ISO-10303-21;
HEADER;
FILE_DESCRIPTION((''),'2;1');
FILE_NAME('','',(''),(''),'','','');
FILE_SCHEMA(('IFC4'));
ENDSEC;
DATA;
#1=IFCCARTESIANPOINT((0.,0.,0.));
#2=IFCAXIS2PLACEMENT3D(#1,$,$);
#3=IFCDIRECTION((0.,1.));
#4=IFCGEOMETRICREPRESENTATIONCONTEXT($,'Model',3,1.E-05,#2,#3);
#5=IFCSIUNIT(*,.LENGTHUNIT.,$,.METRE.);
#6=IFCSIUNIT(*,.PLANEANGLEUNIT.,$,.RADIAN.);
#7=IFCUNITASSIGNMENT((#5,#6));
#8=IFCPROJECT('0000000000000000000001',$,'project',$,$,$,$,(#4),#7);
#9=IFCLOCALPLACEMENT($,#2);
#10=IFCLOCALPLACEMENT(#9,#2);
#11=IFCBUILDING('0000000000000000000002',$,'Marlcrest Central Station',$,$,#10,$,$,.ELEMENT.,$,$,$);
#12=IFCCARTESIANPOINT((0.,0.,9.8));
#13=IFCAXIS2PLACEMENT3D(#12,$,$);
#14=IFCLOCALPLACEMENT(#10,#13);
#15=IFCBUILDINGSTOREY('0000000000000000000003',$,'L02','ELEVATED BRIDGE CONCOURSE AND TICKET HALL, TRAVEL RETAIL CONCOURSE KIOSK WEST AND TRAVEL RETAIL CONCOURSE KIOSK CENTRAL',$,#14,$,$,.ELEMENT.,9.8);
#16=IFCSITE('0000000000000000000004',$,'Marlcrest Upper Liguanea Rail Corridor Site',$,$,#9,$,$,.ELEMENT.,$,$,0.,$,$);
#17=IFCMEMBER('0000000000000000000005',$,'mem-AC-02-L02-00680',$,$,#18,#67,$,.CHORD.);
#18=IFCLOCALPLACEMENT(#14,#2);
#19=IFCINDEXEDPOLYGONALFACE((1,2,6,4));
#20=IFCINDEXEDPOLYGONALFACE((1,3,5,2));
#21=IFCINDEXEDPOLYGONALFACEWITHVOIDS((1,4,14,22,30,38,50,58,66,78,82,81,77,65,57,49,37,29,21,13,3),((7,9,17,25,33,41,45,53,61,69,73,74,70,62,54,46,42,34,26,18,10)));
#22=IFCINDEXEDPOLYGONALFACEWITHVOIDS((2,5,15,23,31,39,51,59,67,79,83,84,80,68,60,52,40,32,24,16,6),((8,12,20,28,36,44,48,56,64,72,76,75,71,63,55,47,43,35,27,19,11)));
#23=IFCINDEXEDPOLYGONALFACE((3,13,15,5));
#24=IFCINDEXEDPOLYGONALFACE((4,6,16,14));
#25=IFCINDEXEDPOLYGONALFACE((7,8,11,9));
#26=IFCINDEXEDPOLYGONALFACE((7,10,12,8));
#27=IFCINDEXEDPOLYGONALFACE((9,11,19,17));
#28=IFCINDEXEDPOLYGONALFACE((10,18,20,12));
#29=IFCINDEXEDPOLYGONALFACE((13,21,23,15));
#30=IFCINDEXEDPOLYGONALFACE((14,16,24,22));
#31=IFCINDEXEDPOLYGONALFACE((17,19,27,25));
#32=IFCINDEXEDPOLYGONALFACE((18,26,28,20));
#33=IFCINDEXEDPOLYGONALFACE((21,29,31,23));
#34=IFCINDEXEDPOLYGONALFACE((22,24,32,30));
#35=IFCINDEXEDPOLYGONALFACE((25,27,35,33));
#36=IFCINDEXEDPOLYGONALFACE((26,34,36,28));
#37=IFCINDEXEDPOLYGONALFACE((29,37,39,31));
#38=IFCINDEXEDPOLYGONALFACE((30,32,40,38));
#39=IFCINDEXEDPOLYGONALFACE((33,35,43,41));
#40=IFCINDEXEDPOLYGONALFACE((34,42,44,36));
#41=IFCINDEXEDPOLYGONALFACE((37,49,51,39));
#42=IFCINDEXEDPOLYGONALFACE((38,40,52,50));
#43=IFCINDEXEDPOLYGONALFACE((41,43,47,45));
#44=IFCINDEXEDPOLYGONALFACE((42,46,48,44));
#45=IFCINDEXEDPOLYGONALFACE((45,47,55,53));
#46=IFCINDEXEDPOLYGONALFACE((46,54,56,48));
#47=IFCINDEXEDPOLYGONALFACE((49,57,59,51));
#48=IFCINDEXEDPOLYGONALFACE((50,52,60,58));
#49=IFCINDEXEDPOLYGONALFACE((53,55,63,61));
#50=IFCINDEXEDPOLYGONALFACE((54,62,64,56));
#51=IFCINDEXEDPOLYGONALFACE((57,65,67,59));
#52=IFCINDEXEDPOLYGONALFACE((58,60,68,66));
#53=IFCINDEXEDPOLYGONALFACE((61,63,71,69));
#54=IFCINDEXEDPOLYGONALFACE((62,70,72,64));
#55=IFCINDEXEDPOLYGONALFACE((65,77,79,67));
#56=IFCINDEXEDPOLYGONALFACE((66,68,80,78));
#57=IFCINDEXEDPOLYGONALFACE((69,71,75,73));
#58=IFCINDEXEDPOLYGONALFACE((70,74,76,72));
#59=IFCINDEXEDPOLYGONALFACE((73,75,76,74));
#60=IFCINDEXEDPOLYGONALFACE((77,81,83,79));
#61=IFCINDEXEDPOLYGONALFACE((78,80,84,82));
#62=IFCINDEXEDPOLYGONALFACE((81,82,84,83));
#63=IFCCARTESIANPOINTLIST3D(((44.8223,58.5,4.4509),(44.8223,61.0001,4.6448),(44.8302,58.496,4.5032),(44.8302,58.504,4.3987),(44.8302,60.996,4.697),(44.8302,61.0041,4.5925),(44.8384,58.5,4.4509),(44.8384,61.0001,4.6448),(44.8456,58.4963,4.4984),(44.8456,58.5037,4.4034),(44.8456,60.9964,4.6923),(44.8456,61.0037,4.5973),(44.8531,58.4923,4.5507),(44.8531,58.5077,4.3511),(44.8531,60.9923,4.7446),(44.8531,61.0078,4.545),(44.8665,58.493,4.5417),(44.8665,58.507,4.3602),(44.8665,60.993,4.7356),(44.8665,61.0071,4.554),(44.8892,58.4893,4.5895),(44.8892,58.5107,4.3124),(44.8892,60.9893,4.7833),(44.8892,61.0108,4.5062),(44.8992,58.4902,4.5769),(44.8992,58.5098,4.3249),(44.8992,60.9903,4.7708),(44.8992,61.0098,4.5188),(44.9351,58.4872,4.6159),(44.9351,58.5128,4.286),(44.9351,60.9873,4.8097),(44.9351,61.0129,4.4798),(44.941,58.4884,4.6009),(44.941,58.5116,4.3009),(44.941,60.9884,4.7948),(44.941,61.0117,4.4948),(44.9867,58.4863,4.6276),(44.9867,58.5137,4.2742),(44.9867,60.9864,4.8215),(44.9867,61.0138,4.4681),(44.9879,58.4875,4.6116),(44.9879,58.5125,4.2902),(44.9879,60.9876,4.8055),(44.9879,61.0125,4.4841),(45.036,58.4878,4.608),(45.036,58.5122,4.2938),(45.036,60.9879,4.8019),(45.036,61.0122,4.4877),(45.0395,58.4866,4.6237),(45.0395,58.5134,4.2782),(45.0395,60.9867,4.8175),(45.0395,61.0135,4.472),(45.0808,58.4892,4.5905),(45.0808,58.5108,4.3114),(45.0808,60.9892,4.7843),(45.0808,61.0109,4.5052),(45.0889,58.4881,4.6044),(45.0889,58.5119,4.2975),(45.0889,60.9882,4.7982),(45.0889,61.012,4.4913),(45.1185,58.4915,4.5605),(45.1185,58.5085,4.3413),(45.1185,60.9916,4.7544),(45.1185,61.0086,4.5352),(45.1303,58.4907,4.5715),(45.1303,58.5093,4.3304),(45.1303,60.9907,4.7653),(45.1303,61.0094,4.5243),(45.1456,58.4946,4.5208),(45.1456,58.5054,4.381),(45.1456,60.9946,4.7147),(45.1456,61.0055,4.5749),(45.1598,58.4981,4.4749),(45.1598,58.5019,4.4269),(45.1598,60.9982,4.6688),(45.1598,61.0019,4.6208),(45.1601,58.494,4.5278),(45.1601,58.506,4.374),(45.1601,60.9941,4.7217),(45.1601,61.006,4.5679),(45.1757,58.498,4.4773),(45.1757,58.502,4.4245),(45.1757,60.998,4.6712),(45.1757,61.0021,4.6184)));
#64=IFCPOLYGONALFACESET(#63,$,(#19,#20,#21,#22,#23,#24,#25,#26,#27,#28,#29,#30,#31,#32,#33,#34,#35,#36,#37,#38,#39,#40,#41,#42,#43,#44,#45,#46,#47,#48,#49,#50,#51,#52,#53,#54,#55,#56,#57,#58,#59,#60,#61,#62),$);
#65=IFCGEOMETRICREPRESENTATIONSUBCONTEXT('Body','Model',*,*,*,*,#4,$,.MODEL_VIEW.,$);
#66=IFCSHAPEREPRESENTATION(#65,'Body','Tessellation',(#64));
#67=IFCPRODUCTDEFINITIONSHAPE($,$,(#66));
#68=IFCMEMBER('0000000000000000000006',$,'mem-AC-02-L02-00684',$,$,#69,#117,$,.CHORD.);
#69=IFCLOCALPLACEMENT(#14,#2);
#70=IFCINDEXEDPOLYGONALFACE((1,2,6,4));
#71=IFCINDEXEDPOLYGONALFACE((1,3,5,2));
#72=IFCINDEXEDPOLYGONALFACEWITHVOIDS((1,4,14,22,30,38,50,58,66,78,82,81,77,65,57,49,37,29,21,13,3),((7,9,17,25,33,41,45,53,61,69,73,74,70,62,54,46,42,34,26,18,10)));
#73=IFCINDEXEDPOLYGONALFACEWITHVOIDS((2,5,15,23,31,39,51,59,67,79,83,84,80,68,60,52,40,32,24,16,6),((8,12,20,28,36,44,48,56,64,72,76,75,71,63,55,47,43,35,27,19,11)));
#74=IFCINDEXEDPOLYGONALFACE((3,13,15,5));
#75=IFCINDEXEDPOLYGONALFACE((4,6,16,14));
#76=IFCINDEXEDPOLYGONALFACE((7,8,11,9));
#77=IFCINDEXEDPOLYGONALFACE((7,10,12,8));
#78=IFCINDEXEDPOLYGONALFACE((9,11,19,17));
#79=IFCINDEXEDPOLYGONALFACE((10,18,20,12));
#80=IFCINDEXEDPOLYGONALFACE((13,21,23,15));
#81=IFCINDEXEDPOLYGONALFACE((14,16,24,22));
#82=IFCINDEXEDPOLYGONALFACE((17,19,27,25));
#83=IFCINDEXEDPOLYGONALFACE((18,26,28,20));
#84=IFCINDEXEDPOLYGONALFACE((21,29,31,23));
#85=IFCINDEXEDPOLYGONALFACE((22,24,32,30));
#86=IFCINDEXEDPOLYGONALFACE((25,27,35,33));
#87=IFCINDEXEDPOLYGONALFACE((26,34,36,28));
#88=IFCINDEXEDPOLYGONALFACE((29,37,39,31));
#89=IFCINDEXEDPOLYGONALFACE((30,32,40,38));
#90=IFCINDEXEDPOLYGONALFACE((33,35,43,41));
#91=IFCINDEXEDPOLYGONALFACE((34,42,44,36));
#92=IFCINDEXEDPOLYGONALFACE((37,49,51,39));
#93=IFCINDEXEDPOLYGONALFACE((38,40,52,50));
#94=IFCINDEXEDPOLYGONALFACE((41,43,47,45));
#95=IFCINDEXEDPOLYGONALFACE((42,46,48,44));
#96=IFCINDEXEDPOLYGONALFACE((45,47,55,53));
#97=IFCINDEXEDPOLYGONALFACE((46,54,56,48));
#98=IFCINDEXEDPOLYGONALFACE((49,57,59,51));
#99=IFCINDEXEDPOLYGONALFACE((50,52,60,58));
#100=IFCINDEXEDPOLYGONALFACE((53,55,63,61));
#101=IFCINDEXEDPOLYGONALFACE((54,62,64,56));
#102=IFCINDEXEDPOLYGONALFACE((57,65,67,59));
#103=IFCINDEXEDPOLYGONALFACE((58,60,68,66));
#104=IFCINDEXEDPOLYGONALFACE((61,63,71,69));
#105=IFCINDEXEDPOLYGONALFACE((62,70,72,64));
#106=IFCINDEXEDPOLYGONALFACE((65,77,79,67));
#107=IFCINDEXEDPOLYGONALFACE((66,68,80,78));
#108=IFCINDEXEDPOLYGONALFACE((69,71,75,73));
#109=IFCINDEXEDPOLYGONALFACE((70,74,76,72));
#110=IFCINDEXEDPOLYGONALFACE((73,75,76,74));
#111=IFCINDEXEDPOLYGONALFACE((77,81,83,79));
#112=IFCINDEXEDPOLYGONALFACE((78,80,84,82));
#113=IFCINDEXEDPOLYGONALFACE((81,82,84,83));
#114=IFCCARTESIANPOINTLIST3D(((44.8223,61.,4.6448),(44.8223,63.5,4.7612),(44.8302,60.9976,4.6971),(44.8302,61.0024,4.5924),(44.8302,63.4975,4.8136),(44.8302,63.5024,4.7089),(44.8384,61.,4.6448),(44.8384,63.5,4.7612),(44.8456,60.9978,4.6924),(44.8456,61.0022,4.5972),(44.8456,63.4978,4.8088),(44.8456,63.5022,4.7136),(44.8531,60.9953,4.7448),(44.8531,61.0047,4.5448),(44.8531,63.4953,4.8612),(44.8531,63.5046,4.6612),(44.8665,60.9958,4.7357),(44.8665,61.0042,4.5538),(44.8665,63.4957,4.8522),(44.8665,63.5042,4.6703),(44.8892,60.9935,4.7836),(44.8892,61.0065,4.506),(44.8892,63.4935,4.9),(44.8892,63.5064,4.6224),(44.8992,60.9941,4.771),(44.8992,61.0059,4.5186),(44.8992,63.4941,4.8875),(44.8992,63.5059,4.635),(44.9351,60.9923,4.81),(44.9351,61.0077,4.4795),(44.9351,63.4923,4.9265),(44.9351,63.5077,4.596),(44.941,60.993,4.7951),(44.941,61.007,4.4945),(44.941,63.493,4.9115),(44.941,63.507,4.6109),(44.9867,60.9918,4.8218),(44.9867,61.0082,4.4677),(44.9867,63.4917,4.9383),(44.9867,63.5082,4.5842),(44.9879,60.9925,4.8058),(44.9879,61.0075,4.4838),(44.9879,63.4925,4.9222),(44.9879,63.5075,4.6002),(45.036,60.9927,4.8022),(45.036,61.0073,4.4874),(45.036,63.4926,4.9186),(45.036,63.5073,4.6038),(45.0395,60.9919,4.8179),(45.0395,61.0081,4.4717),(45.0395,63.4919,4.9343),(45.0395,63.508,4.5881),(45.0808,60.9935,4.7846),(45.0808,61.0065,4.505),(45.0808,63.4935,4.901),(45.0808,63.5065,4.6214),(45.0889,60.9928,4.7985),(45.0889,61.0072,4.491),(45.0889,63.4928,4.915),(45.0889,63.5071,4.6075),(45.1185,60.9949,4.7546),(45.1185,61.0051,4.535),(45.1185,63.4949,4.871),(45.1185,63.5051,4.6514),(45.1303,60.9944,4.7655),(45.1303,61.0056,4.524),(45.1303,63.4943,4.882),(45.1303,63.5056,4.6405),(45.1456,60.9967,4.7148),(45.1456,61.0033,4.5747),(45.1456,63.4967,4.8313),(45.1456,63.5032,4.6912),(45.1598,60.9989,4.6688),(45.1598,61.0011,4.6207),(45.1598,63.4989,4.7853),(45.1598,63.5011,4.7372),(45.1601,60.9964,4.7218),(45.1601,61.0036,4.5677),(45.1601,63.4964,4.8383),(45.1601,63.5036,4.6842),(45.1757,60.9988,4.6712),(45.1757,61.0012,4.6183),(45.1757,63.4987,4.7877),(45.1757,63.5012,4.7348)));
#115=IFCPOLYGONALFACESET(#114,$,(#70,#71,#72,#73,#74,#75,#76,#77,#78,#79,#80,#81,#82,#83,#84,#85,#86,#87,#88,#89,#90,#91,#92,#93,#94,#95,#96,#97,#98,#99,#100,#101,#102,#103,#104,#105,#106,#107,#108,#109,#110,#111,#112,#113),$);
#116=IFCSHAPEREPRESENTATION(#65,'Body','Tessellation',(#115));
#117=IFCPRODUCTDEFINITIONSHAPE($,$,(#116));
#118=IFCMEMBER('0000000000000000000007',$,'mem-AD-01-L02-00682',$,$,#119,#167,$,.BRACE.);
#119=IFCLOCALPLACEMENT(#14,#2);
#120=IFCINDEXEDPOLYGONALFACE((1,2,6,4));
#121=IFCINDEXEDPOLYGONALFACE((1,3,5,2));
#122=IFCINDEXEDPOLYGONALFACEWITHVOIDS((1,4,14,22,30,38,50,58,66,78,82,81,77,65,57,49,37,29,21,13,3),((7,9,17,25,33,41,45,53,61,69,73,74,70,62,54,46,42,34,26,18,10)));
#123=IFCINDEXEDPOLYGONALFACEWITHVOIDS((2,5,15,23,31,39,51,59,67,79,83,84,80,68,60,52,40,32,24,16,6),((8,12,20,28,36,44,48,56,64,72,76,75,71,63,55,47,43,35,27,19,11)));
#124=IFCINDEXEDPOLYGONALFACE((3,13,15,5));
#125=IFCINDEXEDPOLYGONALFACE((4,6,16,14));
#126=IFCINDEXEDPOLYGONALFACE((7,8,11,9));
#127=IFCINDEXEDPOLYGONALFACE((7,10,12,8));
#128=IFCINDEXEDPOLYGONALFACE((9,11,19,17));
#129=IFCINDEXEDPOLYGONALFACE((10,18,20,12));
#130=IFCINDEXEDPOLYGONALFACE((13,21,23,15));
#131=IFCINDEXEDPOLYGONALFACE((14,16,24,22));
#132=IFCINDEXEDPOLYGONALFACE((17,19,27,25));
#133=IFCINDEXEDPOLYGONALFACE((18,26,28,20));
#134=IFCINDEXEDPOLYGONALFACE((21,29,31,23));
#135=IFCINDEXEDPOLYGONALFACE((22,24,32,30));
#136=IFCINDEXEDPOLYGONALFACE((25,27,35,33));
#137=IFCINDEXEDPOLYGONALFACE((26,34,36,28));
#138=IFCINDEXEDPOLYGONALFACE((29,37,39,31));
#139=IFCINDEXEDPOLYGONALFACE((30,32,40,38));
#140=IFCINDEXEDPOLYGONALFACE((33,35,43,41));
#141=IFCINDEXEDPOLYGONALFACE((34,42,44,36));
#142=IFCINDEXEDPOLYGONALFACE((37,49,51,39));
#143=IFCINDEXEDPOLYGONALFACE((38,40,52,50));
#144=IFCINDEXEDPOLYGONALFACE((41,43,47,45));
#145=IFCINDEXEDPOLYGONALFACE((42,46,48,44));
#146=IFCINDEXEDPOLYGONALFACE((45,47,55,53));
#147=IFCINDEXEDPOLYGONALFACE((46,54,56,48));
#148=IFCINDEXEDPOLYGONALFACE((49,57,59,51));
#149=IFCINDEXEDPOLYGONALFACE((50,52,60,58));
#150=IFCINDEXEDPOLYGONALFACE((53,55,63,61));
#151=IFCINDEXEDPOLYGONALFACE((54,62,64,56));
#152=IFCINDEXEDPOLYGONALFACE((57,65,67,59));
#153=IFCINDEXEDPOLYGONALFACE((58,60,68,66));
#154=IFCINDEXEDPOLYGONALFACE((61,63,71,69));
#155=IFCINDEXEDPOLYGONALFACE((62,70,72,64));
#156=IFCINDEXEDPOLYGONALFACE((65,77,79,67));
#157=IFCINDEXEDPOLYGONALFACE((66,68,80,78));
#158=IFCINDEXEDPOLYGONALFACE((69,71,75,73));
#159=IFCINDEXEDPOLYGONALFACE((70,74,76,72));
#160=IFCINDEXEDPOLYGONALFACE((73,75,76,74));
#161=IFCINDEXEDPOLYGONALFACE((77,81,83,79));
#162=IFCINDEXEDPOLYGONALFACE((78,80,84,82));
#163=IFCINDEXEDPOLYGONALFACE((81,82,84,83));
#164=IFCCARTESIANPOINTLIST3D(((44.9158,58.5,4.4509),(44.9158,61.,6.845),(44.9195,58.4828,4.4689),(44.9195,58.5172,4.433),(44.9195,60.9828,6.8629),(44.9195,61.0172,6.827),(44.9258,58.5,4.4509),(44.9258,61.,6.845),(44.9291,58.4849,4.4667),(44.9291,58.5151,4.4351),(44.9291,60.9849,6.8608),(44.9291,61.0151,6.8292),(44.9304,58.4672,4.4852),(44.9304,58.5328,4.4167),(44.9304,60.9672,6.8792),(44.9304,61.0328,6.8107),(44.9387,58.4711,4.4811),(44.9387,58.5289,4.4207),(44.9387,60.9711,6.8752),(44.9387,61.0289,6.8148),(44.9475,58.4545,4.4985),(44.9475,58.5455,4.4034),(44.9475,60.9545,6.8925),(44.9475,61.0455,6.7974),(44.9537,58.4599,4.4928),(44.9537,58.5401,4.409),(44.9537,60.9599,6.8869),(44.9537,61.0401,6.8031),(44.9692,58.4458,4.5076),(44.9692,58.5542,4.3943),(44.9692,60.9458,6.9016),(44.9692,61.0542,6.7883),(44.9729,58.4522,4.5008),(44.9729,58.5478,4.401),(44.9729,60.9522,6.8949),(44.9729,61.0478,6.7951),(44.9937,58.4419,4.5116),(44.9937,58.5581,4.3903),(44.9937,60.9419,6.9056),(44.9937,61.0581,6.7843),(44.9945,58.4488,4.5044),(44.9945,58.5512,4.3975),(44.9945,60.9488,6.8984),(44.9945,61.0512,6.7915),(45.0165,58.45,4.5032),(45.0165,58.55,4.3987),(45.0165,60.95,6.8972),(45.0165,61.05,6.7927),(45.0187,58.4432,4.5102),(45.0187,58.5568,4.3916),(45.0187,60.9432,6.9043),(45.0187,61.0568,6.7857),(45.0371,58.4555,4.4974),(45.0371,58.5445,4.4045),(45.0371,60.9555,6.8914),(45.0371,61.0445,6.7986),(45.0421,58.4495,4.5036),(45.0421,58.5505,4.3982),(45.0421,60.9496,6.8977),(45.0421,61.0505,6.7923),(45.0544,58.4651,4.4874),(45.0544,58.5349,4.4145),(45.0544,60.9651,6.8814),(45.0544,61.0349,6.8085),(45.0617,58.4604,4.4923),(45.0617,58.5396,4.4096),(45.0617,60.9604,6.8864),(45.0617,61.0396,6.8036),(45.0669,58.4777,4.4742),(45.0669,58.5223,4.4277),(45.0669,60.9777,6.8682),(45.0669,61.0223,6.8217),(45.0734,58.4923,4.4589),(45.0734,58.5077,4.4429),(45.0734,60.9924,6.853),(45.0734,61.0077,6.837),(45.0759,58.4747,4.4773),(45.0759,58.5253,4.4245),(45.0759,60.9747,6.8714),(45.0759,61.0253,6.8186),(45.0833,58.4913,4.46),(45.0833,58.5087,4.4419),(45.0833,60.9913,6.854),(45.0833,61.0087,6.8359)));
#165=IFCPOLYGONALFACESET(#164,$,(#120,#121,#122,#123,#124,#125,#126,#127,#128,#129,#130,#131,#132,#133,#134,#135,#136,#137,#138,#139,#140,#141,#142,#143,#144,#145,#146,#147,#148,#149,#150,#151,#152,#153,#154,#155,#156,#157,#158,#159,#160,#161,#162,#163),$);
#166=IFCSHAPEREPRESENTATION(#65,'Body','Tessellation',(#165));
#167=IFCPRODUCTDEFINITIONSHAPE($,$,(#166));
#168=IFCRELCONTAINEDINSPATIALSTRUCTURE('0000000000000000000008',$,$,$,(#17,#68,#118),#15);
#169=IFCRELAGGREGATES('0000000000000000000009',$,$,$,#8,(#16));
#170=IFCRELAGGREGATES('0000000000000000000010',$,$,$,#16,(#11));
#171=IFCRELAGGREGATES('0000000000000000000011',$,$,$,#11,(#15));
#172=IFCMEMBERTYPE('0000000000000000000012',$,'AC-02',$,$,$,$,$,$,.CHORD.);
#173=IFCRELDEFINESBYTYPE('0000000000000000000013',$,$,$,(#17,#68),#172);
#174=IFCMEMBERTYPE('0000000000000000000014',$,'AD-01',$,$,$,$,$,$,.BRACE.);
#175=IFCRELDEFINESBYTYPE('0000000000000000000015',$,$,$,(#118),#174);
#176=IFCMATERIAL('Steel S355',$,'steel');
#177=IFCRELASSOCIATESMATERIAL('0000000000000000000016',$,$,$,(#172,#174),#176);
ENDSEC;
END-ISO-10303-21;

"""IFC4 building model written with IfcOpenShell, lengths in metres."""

from ifc_helpers import new_model, si_unit, direction, frame, origin, origin_2d, place, context, subcontext, project, spatial, hollow_circle, extrude, material, material_profile, profile_set, type_object, element, save


model = new_model("IFC4")

# Units and contexts
model_context = context("Model", 3, precision=1e-05, world=origin(), true_north=direction((0.0, 1.0)))
body_context = subcontext(model_context, "Body", "Model", "MODEL_VIEW")
ifc_project = project(units=[si_unit("LENGTHUNIT", "METRE"), si_unit("PLANEANGLEUNIT", "RADIAN")], contexts=[model_context])

# Site, building, storey
site_placement = place(None, origin())
site = spatial("IfcSite", under=ifc_project, at=site_placement, Name="Marlcrest Upper Liguanea Rail Corridor Site", CompositionType="ELEMENT", RefElevation=0.0)
building_placement = place(site_placement, origin())
building = spatial("IfcBuilding", under=site, at=building_placement, Name="Marlcrest Central Station", CompositionType="ELEMENT")
storey_placement = place(building_placement, frame((0.0, 0.0, 9.8)))
storey = spatial("IfcBuildingStorey", under=building, at=storey_placement, Name="L02", Description="ELEVATED BRIDGE CONCOURSE AND TICKET HALL, TRAVEL RETAIL CONCOURSE KIOSK WEST AND TRAVEL RETAIL CONCOURSE KIOSK CENTRAL", CompositionType="ELEMENT", Elevation=9.8)

# Members
ifc_material = material(Name="Steel S355", Category="steel")
ifc_material_profile_1 = material_profile(ifc_material, hollow_circle(Radius=0.1777, WallThickness=0.0161, at=origin_2d()), Name="CHS 355.6x16")
ifc_profile_set_1 = profile_set([ifc_material_profile_1], Name="Steel S355")
member_type_1 = type_object("IfcMemberType", Name="AC-02", PredefinedType="CHORD", material=ifc_profile_set_1)
member_1_placement = place(storey_placement, frame((45.0, 58.5, 4.4509), z_axis=(0.0, 0.997007, 0.077307), x_axis=(-1.0, 0.0, 0.0)))
element("IfcMember", 1, at=member_1_placement, inside=storey, type_object=member_type_1, Name="mem-AC-02-L02-00680", PredefinedType="CHORD", context=body_context, shape_type="SweptSolid", body=[
    extrude(hollow_circle(Radius=0.1777, WallThickness=0.0161, at=origin_2d()), origin(), (0.0, 0.0, 1.0), 2.5076),
])
member_2_placement = place(storey_placement, frame((45.0, 61.0, 4.6448), z_axis=(0.0, 0.998917, 0.046532), x_axis=(-1.0, 0.0, 0.0)))
element("IfcMember", 2, at=member_2_placement, inside=storey, type_object=member_type_1, Name="mem-AC-02-L02-00684", PredefinedType="CHORD", context=body_context, shape_type="SweptSolid", body=[
    extrude(hollow_circle(Radius=0.1777, WallThickness=0.0161, at=origin_2d()), origin(), (0.0, 0.0, 1.0), 2.5027),
])
ifc_material_profile_2 = material_profile(ifc_material, hollow_circle(Radius=0.0842, WallThickness=0.01, at=origin_2d()), Name="CHS 168.3x10")
ifc_profile_set_2 = profile_set([ifc_material_profile_2], Name="Steel S355")
member_type_2 = type_object("IfcMemberType", Name="AD-01", PredefinedType="BRACE", material=ifc_profile_set_2)
member_3_placement = place(storey_placement, frame((45.0, 58.5, 4.4509), z_axis=(0.0, 0.722247, 0.691636), x_axis=(-1.0, 0.0, 0.0)))
element("IfcMember", 3, at=member_3_placement, inside=storey, type_object=member_type_2, Name="mem-AD-01-L02-00682", PredefinedType="BRACE", context=body_context, shape_type="SweptSolid", body=[
    extrude(hollow_circle(Radius=0.0842, WallThickness=0.01, at=origin_2d()), origin(), (0.0, 0.0, 1.0), 3.4614),
])

save(model, "model.ifc")
